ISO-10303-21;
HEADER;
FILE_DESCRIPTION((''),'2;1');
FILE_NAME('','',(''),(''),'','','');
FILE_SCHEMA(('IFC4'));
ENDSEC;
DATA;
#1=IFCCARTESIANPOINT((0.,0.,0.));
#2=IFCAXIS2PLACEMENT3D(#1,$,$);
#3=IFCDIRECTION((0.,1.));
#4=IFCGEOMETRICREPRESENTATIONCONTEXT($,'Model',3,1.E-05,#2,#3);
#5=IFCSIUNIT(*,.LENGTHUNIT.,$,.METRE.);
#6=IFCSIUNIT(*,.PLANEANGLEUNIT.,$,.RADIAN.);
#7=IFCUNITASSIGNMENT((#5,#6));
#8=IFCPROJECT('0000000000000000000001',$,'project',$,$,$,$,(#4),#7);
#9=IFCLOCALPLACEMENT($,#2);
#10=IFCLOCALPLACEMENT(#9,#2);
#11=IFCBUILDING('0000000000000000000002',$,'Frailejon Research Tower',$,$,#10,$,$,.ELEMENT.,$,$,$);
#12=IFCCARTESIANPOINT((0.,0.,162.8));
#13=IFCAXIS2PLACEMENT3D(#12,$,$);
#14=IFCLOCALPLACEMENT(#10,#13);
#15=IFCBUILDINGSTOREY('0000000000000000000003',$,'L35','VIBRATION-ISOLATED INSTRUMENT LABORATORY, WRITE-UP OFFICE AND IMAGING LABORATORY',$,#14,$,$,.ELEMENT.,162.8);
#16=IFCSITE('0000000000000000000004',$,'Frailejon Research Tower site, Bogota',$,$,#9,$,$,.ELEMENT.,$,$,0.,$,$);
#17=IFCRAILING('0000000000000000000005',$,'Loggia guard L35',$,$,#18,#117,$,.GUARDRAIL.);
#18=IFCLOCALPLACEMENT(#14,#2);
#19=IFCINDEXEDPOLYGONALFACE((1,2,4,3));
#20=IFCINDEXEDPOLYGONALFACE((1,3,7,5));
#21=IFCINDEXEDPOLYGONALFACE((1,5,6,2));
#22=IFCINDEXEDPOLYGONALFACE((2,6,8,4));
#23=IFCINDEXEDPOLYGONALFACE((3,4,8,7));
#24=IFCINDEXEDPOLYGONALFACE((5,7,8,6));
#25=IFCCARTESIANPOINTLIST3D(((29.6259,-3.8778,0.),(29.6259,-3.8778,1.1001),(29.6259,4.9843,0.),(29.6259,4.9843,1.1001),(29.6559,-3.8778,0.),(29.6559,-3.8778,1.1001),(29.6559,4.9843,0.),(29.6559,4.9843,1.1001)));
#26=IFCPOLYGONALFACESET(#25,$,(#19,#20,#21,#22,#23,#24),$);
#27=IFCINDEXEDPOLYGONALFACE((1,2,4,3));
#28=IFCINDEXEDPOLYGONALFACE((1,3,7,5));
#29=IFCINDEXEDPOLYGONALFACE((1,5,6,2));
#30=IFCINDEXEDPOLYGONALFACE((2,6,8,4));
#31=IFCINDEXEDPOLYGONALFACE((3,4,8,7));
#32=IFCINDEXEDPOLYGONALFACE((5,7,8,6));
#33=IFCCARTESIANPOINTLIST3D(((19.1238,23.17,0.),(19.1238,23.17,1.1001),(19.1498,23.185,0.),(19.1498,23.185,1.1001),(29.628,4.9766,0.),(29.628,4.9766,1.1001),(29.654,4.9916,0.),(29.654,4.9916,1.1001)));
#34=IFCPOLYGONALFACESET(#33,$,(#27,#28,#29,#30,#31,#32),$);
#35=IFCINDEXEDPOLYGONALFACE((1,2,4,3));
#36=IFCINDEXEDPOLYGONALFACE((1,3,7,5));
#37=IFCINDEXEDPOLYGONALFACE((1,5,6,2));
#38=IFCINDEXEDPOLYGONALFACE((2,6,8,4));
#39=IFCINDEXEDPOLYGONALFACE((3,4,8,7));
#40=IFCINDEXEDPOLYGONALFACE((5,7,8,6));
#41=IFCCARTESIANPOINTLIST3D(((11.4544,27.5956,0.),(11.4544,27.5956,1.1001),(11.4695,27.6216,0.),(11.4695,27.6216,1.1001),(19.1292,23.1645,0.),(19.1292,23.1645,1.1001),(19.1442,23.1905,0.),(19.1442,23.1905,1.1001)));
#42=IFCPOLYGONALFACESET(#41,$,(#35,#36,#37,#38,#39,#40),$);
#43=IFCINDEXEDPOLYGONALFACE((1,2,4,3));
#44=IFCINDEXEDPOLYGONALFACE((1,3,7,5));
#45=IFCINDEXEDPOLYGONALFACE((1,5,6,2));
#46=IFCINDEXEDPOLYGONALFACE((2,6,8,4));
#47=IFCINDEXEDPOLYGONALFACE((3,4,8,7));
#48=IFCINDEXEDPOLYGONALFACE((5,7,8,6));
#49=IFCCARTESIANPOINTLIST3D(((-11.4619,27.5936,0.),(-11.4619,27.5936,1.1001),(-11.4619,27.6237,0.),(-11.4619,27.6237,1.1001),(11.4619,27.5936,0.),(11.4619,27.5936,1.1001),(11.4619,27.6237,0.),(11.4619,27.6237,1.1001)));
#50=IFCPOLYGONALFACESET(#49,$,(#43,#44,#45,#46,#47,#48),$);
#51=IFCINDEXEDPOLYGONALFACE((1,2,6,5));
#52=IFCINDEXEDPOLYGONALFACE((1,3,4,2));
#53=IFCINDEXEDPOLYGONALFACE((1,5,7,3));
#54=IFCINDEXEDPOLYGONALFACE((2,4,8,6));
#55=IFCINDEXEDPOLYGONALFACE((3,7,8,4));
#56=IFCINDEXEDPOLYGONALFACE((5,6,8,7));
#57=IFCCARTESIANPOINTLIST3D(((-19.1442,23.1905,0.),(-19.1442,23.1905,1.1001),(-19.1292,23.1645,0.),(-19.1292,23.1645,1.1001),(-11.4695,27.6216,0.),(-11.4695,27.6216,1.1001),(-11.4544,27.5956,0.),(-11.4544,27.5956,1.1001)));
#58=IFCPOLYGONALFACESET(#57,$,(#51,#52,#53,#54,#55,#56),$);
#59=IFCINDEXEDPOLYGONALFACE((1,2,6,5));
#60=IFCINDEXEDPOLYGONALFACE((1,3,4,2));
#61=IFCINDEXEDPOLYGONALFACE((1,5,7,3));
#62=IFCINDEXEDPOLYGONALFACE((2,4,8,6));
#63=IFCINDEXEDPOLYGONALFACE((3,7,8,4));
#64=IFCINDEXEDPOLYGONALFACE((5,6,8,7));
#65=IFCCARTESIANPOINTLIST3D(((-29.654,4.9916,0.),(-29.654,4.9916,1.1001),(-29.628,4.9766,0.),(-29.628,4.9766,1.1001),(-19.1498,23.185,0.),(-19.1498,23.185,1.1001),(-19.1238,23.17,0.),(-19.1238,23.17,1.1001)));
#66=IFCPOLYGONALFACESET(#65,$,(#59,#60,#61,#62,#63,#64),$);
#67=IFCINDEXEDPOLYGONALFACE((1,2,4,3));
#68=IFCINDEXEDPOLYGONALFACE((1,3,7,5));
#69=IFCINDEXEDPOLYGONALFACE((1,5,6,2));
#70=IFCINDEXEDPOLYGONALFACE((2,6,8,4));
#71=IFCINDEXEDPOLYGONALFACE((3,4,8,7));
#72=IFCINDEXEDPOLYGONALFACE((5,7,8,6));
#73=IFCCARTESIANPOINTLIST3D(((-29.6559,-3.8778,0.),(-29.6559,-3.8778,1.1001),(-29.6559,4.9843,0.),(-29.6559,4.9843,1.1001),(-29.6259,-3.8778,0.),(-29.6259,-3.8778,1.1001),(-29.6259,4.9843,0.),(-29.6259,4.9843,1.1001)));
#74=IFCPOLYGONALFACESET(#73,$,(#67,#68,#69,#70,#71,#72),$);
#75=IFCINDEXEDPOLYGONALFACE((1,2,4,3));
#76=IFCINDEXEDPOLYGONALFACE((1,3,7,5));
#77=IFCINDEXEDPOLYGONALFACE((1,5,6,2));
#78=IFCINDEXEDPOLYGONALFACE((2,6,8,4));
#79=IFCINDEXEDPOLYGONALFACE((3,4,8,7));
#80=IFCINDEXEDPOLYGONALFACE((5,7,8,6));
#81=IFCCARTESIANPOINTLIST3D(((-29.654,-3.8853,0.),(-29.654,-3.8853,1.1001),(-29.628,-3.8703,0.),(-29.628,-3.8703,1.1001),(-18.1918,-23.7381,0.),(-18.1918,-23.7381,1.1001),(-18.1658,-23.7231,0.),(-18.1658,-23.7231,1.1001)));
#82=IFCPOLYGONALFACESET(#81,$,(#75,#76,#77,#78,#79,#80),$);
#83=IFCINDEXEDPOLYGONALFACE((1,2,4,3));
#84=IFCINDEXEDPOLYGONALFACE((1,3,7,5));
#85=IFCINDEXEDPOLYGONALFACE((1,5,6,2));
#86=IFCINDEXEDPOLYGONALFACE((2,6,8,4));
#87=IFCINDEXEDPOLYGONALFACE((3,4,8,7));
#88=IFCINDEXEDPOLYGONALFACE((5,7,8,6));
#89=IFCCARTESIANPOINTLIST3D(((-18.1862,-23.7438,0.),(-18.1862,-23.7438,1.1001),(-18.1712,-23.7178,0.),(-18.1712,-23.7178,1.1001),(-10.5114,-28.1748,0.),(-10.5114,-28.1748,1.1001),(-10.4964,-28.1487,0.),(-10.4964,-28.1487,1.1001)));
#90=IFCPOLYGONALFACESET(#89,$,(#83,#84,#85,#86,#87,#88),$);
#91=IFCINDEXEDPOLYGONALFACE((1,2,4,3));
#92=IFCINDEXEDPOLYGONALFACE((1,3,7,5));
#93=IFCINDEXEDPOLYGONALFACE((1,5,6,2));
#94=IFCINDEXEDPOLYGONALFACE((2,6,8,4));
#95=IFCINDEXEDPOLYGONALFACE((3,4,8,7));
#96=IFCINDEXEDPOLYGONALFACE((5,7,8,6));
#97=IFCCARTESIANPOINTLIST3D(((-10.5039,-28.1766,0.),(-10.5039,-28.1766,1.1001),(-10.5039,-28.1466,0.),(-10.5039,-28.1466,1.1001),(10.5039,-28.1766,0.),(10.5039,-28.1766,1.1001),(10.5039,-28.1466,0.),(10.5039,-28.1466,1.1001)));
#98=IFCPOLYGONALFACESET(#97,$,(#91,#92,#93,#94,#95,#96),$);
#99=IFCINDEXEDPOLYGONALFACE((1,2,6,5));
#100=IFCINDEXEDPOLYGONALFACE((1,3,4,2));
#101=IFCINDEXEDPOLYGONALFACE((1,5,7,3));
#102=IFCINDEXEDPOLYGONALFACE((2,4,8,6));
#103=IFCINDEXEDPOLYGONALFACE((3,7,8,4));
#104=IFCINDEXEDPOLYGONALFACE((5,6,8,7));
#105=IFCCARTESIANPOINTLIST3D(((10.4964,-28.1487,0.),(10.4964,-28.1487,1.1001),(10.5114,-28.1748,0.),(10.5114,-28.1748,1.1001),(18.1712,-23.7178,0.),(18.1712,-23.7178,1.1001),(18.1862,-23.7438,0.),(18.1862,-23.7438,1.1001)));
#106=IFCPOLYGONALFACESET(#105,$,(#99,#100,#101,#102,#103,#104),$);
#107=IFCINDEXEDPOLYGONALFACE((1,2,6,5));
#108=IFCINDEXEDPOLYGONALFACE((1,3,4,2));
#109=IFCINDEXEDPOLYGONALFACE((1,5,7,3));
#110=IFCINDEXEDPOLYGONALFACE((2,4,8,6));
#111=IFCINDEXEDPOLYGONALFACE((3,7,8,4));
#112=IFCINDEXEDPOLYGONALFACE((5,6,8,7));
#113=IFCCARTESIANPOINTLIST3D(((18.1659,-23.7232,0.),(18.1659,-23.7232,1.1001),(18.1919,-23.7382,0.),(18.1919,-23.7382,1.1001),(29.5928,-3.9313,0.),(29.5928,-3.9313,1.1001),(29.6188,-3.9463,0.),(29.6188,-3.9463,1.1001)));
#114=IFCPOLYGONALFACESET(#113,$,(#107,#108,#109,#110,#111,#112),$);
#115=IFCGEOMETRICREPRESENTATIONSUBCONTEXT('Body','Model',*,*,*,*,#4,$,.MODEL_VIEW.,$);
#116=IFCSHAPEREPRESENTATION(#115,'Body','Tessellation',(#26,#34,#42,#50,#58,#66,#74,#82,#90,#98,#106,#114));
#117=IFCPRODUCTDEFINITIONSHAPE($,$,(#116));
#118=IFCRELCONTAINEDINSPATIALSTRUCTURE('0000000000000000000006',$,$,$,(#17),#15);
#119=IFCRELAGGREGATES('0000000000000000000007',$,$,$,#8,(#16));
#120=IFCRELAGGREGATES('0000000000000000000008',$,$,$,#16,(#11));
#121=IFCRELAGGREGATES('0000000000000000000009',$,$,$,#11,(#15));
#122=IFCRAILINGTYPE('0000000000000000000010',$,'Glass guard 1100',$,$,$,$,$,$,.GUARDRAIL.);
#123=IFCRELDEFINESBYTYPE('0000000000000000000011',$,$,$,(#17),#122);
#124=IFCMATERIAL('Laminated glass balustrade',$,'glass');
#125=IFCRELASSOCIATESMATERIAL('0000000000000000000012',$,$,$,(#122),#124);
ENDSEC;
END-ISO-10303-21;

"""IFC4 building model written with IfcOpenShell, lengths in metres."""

from ifc_helpers import new_model, si_unit, direction, frame, origin, origin_2d, place, context, subcontext, project, spatial, rectangle, extrude, material, type_object, element, save


model = new_model("IFC4")

# Units and contexts
model_context = context("Model", 3, precision=1e-05, world=origin(), true_north=direction((0.0, 1.0)))
body_context = subcontext(model_context, "Body", "Model", "MODEL_VIEW")
ifc_project = project(units=[si_unit("LENGTHUNIT", "METRE"), si_unit("PLANEANGLEUNIT", "RADIAN")], contexts=[model_context])

# Site, building, storey
site_placement = place(None, origin())
site = spatial("IfcSite", under=ifc_project, at=site_placement, Name="Frailejon Research Tower site, Bogota", CompositionType="ELEMENT", RefElevation=0.0)
building_placement = place(site_placement, origin())
building = spatial("IfcBuilding", under=site, at=building_placement, Name="Frailejon Research Tower", CompositionType="ELEMENT")
storey_placement = place(building_placement, frame((0.0, 0.0, 162.8)))
storey = spatial("IfcBuildingStorey", under=building, at=storey_placement, Name="L35", Description="VIBRATION-ISOLATED INSTRUMENT LABORATORY, WRITE-UP OFFICE AND IMAGING LABORATORY", CompositionType="ELEMENT", Elevation=162.8)

# Railing
ifc_material_1 = material(Name="Laminated glass balustrade", Category="glass")
railing_type = type_object("IfcRailingType", Name="Glass guard 1100", PredefinedType="GUARDRAIL", material=ifc_material_1)
railing_placement = place(storey_placement, frame((29.6409, -3.8779, 0.0)))
element("IfcRailing", 1, at=railing_placement, inside=storey, type_object=railing_type, Name="Loggia guard L35", PredefinedType="GUARDRAIL", context=body_context, shape_type="SweptSolid", body=[
    extrude(rectangle(XDim=8.8621, YDim=0.03, at=origin_2d()), frame((0.0, 4.4312, 0.0), z_axis=(0.0, 0.0, 1.0), x_axis=(0.0, 1.0, 0.0)), (0.0, 0.0, 1.0), 1.1001),
    extrude(rectangle(XDim=21.0081, YDim=0.03, at=origin_2d()), frame((-5.252, 17.9587, 0.0), z_axis=(0.0, 0.0, 1.0), x_axis=(-0.500007, 0.866021, 0.0)), (0.0, 0.0, 1.0), 1.1001),
    extrude(rectangle(XDim=8.8621, YDim=0.03, at=origin_2d()), frame((-14.3416, 29.271, 0.0), z_axis=(0.0, 0.0, 1.0), x_axis=(-0.86602, 0.500009, 0.0)), (0.0, 0.0, 1.0), 1.1001),
    extrude(rectangle(XDim=22.9238, YDim=0.03, at=origin_2d()), frame((-29.6409, 31.4866, 0.0), z_axis=(0.0, 0.0, 1.0), x_axis=(-1.0, 0.0, 0.0)), (0.0, 0.0, 1.0), 1.1001),
    extrude(rectangle(XDim=8.8621, YDim=0.03, at=origin_2d()), frame((-44.9402, 29.271, 0.0), z_axis=(0.0, 0.0, 1.0), x_axis=(-0.86602, -0.500009, 0.0)), (0.0, 0.0, 1.0), 1.1001),
    extrude(rectangle(XDim=21.0081, YDim=0.03, at=origin_2d()), frame((-54.0298, 17.9587, 0.0), z_axis=(0.0, 0.0, 1.0), x_axis=(-0.500007, -0.866021, 0.0)), (0.0, 0.0, 1.0), 1.1001),
    extrude(rectangle(XDim=8.8621, YDim=0.03, at=origin_2d()), frame((-59.2817, 4.4312, 0.0), z_axis=(0.0, 0.0, 1.0), x_axis=(0.0, -1.0, 0.0)), (0.0, 0.0, 1.0), 1.1001),
    extrude(rectangle(XDim=22.9241, YDim=0.03, at=origin_2d()), frame((-53.5508, -9.9263, 0.0), z_axis=(0.0, 0.0, 1.0), x_axis=(0.500005, -0.866023, 0.0)), (0.0, 0.0, 1.0), 1.1001),
    extrude(rectangle(XDim=8.8621, YDim=0.03, at=origin_2d()), frame((-43.9822, -22.0684, 0.0), z_axis=(0.0, 0.0, 1.0), x_axis=(0.866032, -0.499988, 0.0)), (0.0, 0.0, 1.0), 1.1001),
    extrude(rectangle(XDim=21.0078, YDim=0.03, at=origin_2d()), frame((-29.6409, -24.2837, 0.0), z_axis=(0.0, 0.0, 1.0), x_axis=(1.0, 0.0, 0.0)), (0.0, 0.0, 1.0), 1.1001),
    extrude(rectangle(XDim=8.8621, YDim=0.03, at=origin_2d()), frame((-15.2996, -22.0684, 0.0), z_axis=(0.0, 0.0, 1.0), x_axis=(0.866032, 0.499988, 0.0)), (0.0, 0.0, 1.0), 1.1001),
    extrude(rectangle(XDim=22.8538, YDim=0.03, at=origin_2d()), frame((-5.7485, -9.9568, 0.0), z_axis=(0.0, 0.0, 1.0), x_axis=(0.500003, 0.866024, 0.0)), (0.0, 0.0, 1.0), 1.1001),
])

save(model, "model.ifc")
